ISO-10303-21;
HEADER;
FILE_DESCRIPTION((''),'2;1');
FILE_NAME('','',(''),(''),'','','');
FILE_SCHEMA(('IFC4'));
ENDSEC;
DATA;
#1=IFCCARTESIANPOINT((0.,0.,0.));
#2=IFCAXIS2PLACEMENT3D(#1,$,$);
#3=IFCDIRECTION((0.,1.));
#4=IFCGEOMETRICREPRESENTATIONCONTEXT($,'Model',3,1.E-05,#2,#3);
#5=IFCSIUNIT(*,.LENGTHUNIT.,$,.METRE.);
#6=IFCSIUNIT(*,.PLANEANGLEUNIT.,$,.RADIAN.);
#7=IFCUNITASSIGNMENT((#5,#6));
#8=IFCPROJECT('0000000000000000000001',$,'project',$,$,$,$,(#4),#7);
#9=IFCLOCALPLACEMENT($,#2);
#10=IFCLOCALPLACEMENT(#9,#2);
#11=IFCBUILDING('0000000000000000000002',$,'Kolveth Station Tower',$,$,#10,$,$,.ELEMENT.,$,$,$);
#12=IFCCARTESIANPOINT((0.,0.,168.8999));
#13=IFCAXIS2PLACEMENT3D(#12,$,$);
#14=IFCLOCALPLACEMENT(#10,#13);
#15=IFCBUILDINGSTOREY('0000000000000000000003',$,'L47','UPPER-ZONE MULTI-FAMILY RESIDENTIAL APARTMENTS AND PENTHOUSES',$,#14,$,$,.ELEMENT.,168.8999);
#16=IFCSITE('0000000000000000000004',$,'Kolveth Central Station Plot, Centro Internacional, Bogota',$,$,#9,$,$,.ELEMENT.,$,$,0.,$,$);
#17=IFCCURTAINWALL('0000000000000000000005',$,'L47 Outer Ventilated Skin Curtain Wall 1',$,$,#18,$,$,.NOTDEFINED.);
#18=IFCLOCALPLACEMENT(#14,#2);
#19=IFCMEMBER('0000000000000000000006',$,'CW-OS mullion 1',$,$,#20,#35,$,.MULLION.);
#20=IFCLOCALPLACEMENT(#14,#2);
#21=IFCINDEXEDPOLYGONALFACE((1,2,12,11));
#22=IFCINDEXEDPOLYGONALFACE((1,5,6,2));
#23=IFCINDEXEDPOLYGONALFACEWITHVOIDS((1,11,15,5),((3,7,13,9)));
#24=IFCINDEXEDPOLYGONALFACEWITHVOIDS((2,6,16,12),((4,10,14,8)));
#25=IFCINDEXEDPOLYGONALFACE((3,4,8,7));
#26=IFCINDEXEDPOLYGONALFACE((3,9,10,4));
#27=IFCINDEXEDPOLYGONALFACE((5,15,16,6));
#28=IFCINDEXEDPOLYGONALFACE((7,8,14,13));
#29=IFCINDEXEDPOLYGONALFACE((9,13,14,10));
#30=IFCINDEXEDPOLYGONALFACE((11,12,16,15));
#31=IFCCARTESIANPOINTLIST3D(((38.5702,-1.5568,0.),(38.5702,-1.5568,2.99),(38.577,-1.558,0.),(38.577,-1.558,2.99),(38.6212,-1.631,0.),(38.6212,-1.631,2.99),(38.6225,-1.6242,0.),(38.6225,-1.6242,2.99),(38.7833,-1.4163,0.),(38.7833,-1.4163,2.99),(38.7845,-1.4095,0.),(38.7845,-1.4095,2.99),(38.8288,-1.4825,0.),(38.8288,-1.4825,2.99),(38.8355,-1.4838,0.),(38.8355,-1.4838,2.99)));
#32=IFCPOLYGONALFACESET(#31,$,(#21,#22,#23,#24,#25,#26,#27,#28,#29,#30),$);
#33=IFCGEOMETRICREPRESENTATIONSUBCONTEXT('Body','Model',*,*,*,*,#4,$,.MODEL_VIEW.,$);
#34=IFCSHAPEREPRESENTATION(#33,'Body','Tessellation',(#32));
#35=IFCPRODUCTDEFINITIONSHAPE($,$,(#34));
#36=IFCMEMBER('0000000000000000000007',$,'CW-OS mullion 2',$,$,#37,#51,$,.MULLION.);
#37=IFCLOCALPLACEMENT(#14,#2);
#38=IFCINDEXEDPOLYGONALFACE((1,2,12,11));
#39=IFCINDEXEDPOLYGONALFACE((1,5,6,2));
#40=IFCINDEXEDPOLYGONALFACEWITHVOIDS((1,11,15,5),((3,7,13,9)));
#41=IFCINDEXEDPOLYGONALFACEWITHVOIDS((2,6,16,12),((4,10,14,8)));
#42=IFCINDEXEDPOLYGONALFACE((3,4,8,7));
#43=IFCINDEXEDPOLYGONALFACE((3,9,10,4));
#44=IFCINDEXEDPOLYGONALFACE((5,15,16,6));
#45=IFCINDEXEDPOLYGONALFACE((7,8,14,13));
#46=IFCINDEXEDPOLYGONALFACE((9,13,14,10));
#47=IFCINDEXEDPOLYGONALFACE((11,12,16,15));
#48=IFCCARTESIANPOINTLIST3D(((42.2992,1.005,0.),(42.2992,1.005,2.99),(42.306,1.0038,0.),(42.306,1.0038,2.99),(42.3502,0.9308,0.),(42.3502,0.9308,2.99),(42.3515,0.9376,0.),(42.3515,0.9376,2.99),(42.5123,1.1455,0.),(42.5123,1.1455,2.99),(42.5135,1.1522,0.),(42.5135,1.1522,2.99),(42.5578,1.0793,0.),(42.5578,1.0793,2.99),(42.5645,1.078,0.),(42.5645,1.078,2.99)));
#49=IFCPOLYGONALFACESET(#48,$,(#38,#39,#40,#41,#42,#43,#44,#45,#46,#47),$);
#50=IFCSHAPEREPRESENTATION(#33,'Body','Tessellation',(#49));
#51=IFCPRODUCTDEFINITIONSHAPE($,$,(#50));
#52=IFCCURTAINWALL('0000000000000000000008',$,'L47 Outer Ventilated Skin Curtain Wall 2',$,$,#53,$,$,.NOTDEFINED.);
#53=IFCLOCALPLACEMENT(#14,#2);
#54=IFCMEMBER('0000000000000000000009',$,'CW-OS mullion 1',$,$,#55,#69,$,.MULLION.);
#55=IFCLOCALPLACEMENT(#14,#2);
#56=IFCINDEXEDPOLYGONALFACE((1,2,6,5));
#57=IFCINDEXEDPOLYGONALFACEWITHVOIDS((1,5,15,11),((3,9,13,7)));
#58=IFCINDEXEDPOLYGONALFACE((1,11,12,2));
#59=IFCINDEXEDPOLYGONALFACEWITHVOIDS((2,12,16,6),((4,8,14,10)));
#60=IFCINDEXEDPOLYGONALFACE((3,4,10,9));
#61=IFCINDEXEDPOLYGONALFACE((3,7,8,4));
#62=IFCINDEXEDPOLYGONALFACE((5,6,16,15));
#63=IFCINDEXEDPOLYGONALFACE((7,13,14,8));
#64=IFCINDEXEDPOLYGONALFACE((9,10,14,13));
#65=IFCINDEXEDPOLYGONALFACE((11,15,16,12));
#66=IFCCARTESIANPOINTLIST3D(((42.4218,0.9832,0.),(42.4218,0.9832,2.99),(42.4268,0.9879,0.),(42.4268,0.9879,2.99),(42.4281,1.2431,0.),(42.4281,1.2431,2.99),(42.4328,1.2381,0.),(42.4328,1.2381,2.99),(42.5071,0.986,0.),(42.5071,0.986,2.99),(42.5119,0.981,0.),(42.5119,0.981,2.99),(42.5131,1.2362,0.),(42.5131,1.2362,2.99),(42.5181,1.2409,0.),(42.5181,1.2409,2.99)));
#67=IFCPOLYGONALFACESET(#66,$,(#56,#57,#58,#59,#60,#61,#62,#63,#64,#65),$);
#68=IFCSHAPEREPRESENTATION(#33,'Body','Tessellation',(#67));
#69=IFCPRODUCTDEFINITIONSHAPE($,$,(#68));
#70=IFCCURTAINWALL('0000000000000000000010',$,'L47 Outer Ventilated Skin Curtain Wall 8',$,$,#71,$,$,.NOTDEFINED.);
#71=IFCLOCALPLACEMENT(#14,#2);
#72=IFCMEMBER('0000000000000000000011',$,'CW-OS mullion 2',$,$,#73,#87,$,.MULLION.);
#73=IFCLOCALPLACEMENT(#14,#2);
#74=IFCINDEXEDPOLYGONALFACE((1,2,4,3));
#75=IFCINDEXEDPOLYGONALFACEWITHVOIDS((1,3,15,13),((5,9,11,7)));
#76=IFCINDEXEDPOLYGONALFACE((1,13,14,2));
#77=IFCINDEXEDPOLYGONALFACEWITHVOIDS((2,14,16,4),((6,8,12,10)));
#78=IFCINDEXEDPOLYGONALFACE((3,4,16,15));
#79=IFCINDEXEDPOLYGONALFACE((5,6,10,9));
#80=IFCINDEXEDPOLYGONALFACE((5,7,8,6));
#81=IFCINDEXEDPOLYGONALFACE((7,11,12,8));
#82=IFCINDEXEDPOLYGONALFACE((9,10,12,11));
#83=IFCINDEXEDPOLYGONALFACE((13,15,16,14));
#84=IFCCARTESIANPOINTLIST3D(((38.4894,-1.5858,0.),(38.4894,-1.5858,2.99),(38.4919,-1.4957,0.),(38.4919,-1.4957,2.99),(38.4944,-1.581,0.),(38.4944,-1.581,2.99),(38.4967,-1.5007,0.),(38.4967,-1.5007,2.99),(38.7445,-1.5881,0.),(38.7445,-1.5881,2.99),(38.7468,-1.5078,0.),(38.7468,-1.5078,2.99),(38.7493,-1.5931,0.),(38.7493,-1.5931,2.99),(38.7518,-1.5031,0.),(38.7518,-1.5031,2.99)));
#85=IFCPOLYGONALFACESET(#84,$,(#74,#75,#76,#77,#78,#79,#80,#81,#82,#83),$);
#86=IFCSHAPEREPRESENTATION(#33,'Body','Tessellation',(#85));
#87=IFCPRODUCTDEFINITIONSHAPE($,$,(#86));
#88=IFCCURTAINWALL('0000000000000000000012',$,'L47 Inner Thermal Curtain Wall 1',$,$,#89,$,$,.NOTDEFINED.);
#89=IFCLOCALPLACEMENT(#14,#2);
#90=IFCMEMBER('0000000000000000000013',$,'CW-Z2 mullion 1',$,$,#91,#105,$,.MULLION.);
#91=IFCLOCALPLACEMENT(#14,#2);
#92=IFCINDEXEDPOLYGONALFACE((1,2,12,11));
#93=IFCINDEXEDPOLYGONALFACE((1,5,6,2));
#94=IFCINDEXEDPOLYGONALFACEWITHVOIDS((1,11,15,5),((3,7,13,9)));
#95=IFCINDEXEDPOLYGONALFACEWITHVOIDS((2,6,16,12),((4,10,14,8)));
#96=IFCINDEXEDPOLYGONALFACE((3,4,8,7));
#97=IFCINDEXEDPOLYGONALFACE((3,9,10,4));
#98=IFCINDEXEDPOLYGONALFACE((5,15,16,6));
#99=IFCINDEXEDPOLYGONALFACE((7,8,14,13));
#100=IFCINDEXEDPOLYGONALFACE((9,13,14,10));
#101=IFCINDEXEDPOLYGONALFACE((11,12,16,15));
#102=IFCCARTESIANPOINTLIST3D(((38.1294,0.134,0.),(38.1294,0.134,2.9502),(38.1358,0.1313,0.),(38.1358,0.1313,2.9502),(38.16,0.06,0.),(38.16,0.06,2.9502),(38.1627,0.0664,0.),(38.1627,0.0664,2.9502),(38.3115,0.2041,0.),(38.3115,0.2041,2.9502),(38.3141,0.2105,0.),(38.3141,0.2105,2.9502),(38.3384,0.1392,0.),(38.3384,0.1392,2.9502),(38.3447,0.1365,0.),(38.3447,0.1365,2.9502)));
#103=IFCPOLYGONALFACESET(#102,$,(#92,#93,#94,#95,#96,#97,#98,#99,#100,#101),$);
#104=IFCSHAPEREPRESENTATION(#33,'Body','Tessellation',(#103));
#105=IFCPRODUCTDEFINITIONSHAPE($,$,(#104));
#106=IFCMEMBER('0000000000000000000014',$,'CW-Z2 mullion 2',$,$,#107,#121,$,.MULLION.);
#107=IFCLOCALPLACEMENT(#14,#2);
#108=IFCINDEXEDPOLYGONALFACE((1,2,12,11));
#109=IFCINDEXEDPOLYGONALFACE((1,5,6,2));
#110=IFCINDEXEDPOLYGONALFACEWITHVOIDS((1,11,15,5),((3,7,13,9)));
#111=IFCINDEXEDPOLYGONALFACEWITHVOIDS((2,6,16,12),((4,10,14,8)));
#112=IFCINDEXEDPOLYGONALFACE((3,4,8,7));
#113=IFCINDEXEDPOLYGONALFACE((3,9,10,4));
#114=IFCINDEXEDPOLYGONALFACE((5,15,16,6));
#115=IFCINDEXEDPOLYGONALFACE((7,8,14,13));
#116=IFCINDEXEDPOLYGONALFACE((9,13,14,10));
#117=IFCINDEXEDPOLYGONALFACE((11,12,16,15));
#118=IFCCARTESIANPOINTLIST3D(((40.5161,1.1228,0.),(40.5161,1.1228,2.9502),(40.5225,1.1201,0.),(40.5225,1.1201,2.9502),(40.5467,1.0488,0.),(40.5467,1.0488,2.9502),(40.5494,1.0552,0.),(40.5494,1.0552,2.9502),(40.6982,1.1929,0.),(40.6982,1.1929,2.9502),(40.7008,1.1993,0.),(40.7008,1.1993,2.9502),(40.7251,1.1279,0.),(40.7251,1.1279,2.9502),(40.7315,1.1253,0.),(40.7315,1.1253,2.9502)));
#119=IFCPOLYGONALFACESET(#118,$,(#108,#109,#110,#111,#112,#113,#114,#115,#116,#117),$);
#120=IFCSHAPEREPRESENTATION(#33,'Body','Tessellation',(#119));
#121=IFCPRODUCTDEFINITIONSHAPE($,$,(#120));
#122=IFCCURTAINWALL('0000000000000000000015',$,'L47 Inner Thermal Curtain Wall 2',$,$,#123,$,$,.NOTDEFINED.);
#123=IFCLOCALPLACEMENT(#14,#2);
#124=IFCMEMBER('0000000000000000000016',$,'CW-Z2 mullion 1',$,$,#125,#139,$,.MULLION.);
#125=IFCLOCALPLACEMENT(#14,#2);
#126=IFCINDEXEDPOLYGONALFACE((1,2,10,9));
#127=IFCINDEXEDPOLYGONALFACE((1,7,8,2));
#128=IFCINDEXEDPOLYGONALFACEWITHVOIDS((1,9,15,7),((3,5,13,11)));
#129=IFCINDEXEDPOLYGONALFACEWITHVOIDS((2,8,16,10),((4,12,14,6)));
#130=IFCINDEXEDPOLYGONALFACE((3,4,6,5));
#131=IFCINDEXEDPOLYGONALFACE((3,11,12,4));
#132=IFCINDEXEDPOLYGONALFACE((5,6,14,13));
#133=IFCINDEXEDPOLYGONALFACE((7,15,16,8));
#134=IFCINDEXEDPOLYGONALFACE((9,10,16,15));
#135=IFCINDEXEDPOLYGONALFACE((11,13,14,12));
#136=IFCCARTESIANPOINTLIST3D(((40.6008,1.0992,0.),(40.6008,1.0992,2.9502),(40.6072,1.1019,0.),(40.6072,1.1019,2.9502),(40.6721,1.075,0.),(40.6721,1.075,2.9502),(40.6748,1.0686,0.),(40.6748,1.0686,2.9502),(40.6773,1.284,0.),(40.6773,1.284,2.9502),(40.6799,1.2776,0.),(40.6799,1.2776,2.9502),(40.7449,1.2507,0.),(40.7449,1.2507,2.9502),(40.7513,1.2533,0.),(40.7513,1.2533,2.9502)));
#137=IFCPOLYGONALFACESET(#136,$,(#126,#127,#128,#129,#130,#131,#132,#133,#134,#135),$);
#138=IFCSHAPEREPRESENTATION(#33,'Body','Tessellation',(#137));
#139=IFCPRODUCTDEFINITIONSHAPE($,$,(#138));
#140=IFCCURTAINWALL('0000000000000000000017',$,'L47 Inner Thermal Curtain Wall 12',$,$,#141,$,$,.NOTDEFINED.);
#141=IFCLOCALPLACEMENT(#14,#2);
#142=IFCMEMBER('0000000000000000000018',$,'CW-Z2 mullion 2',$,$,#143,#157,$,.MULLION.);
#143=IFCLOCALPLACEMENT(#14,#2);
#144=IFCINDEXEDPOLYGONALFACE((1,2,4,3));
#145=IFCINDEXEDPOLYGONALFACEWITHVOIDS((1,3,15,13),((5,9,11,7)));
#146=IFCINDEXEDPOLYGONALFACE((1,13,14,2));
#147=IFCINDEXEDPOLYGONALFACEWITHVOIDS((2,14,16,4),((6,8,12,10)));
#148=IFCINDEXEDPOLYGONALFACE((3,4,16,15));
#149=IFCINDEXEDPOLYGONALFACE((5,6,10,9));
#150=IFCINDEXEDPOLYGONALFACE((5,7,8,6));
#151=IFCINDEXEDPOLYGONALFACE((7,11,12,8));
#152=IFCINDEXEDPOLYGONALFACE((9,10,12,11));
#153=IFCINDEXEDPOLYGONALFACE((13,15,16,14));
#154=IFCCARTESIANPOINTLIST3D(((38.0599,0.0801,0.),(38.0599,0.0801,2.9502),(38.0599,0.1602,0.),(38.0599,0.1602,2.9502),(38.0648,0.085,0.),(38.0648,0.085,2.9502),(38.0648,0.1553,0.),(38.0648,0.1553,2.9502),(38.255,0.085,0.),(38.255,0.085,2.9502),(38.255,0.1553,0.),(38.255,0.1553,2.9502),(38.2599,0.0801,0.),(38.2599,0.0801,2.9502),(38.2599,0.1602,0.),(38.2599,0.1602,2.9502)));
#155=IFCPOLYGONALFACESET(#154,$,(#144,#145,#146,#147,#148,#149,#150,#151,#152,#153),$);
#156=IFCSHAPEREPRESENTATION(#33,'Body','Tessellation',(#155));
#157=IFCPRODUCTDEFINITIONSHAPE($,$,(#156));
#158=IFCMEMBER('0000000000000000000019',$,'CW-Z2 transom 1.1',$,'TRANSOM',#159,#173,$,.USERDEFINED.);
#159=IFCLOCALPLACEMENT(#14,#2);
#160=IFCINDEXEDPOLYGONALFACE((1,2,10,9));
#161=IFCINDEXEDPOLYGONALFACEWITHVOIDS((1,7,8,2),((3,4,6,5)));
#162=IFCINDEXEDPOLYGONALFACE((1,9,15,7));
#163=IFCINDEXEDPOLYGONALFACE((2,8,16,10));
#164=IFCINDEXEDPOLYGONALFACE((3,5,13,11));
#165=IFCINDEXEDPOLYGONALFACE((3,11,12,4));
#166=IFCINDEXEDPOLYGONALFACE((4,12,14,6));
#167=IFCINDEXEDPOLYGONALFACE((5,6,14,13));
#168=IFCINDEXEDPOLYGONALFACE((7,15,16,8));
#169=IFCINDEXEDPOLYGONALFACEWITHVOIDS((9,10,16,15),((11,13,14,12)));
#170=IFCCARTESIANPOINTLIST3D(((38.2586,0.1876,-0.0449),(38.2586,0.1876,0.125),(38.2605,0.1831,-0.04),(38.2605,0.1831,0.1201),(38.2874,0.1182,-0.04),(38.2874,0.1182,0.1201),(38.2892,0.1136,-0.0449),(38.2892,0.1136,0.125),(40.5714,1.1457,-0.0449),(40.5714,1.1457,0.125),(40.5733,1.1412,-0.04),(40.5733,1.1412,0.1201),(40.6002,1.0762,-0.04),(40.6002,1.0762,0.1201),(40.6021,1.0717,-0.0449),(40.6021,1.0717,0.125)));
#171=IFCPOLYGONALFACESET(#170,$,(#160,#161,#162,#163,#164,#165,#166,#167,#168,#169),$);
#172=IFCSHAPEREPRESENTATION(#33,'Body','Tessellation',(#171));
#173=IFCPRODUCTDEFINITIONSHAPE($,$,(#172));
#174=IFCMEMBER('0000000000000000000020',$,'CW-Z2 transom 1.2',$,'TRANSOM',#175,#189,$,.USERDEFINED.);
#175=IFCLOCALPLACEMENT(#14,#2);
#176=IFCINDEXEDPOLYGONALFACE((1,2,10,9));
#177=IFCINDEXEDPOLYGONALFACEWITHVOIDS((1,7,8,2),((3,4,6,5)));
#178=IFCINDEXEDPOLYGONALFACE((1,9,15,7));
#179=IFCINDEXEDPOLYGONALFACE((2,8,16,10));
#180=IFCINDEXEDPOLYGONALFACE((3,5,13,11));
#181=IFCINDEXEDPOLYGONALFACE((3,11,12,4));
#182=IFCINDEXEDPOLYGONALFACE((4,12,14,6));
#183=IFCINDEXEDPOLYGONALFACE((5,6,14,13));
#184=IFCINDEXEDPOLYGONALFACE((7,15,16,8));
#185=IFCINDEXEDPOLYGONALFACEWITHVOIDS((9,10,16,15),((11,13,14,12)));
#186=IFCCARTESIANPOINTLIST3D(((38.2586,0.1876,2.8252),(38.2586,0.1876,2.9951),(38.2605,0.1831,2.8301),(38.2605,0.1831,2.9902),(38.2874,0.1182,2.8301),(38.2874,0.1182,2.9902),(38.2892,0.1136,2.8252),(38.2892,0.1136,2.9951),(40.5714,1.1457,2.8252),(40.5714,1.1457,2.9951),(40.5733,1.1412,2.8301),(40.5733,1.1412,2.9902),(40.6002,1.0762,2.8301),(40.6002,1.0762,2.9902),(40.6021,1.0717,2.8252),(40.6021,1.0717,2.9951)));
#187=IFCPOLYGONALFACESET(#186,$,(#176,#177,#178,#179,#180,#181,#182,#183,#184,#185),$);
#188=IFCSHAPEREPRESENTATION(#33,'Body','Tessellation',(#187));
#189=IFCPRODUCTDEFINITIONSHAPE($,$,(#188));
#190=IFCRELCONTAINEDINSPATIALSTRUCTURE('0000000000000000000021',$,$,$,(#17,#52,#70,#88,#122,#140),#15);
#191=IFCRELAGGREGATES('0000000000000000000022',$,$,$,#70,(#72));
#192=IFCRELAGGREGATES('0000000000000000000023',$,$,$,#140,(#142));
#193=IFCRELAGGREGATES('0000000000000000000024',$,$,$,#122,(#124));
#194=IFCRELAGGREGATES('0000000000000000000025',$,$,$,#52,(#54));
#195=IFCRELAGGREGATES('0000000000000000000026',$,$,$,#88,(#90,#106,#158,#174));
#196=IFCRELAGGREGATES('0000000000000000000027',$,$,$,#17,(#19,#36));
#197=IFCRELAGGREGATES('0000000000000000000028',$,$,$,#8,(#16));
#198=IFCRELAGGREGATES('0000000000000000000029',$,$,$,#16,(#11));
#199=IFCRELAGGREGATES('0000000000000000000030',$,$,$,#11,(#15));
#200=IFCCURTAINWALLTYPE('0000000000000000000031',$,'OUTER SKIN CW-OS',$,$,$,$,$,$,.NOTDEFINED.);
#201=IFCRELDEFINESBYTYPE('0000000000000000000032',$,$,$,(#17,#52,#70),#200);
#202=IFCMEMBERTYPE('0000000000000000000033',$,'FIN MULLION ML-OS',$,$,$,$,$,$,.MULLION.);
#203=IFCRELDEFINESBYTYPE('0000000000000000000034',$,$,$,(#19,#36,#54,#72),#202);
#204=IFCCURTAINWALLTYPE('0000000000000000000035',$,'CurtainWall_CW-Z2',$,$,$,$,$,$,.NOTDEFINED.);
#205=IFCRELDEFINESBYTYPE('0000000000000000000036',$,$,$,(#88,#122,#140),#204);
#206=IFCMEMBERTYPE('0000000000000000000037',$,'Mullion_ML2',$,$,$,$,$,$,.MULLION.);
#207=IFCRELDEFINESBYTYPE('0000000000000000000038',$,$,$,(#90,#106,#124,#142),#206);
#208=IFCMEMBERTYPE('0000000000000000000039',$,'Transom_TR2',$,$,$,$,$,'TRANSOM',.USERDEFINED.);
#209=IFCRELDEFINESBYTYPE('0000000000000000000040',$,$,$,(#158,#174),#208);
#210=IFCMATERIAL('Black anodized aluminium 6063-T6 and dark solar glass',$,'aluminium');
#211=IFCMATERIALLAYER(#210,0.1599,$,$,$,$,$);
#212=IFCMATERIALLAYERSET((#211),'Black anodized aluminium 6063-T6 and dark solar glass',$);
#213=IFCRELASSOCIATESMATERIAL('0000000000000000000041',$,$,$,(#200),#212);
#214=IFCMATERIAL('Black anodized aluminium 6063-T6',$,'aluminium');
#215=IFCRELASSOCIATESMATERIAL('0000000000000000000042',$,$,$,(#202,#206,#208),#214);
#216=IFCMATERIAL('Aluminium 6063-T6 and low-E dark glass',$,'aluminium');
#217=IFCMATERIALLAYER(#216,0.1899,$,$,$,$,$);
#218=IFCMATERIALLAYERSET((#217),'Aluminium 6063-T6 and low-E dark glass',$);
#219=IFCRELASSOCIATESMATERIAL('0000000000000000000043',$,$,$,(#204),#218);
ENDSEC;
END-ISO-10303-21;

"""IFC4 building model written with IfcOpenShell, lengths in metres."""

from ifc_helpers import new_model, si_unit, direction, frame, origin, origin_2d, place, context, subcontext, project, spatial, hollow_rectangle, extrude, source, transform, mapped, material, layer, layer_set, material_profile, profile_set, type_object, element, aggregate, save


model = new_model("IFC4")

# Units and contexts
model_context = context("Model", 3, precision=1e-05, world=origin(), true_north=direction((0.0, 1.0)))
body_context = subcontext(model_context, "Body", "Model", "MODEL_VIEW")
ifc_project = project(units=[si_unit("LENGTHUNIT", "METRE"), si_unit("PLANEANGLEUNIT", "RADIAN")], contexts=[model_context])

# Site, building, storey
site_placement = place(None, origin())
site = spatial("IfcSite", under=ifc_project, at=site_placement, Name="Kolveth Central Station Plot, Centro Internacional, Bogota", CompositionType="ELEMENT", RefElevation=0.0)
building_placement = place(site_placement, origin())
building = spatial("IfcBuilding", under=site, at=building_placement, Name="Kolveth Station Tower", CompositionType="ELEMENT")
storey_placement = place(building_placement, frame((0.0, 0.0, 168.8999)))
storey = spatial("IfcBuildingStorey", under=building, at=storey_placement, Name="L47", Description="UPPER-ZONE MULTI-FAMILY RESIDENTIAL APARTMENTS AND PENTHOUSES", CompositionType="ELEMENT", Elevation=168.8999)

# Curtain wall, members
ifc_material_1 = material(Name="Black anodized aluminium 6063-T6 and dark solar glass", Category="aluminium")
ifc_layer_1 = layer(ifc_material_1, 0.1599)
ifc_layer_set_1 = layer_set([ifc_layer_1], Name="Black anodized aluminium 6063-T6 and dark solar glass")
curtain_wall_type_1 = type_object("IfcCurtainWallType", Name="OUTER SKIN CW-OS", PredefinedType="NOTDEFINED", material=ifc_layer_set_1)
curtain_wall_1_placement = place(storey_placement, origin())
curtain_wall_1 = element("IfcCurtainWall", 1, at=curtain_wall_1_placement, inside=storey, type_object=curtain_wall_type_1, Name="L47 Outer Ventilated Skin Curtain Wall 1", PredefinedType="NOTDEFINED")
ifc_material_2 = material(Name="Black anodized aluminium 6063-T6", Category="aluminium")
ifc_material_profile_1 = material_profile(ifc_material_2, hollow_rectangle(XDim=0.0901, YDim=0.26, WallThickness=0.0049, at=origin_2d()), Name="ALU-90x260x5")
ifc_profile_set_1 = profile_set([ifc_material_profile_1], Name="Black anodized aluminium 6063-T6")
member_type_1 = type_object("IfcMemberType", Name="FIN MULLION ML-OS", PredefinedType="MULLION", material=ifc_profile_set_1)
shared_shape_1 = source(origin(), body_context, "Body", "SweptSolid", [
    extrude(hollow_rectangle(XDim=0.0901, YDim=0.26, WallThickness=0.0049, at=origin_2d()), origin(), (0.0, 0.0, 1.0), 2.99),
])
member_1_placement = place(storey_placement, frame((38.7029, -1.5203, 0.0), z_axis=(0.0, 0.0, 1.0), x_axis=(-0.566249, 0.824234, 0.0)))
member_1 = element("IfcMember", 2, at=member_1_placement, type_object=member_type_1, Name="CW-OS mullion 1", PredefinedType="MULLION", context=body_context, shape_type="MappedRepresentation", body=[
    mapped(shared_shape_1, transform((0.0, 0.0, 0.0), x_axis=(1.0, 0.0, 0.0), y_axis=(0.0, 1.0, 0.0), z_axis=(0.0, 0.0, 1.0), scale=1.0)),
])
member_2_placement = place(storey_placement, frame((42.4319, 1.0415, 0.0), z_axis=(0.0, 0.0, 1.0), x_axis=(-0.566249, 0.824234, 0.0)))
member_2 = element("IfcMember", 3, at=member_2_placement, type_object=member_type_1, Name="CW-OS mullion 2", PredefinedType="MULLION", context=body_context, shape_type="MappedRepresentation", body=[
    mapped(shared_shape_1, transform((0.0, 0.0, 0.0), x_axis=(1.0, 0.0, 0.0), y_axis=(0.0, 1.0, 0.0), z_axis=(0.0, 0.0, 1.0), scale=1.0)),
])

# Curtain walls, members
curtain_wall_2_placement = place(storey_placement, origin())
curtain_wall_2 = element("IfcCurtainWall", 4, at=curtain_wall_2_placement, inside=storey, type_object=curtain_wall_type_1, Name="L47 Outer Ventilated Skin Curtain Wall 2", PredefinedType="NOTDEFINED")
member_3_placement = place(storey_placement, frame((42.47, 1.1121, 0.0), z_axis=(0.0, 0.0, 1.0), x_axis=(-0.999708, 0.024162, 0.0)))
member_3 = element("IfcMember", 5, at=member_3_placement, type_object=member_type_1, Name="CW-OS mullion 1", PredefinedType="MULLION", context=body_context, shape_type="MappedRepresentation", body=[
    mapped(shared_shape_1, transform((0.0, 0.0, 0.0), x_axis=(1.0, 0.0, 0.0), y_axis=(0.0, 1.0, 0.0), z_axis=(0.0, 0.0, 1.0), scale=1.0)),
])
curtain_wall_3_placement = place(storey_placement, origin())
curtain_wall_3 = element("IfcCurtainWall", 6, at=curtain_wall_3_placement, inside=storey, type_object=curtain_wall_type_1, Name="L47 Outer Ventilated Skin Curtain Wall 8", PredefinedType="NOTDEFINED")
member_4_placement = place(storey_placement, frame((38.6206, -1.5444, 0.0), z_axis=(0.0, 0.0, 1.0), x_axis=(0.028327, 0.999599, 0.0)))
member_4 = element("IfcMember", 7, at=member_4_placement, type_object=member_type_1, Name="CW-OS mullion 2", PredefinedType="MULLION", context=body_context, shape_type="MappedRepresentation", body=[
    mapped(shared_shape_1, transform((0.0, 0.0, 0.0), x_axis=(1.0, 0.0, 0.0), y_axis=(0.0, 1.0, 0.0), z_axis=(0.0, 0.0, 1.0), scale=1.0)),
])
aggregate(curtain_wall_3, [member_4])

# Curtain wall, members
ifc_material_3 = material(Name="Aluminium 6063-T6 and low-E dark glass", Category="aluminium")
ifc_layer_2 = layer(ifc_material_3, 0.1899)
ifc_layer_set_2 = layer_set([ifc_layer_2], Name="Aluminium 6063-T6 and low-E dark glass")
curtain_wall_type_2 = type_object("IfcCurtainWallType", Name="CurtainWall_CW-Z2", PredefinedType="NOTDEFINED", material=ifc_layer_set_2)
curtain_wall_4_placement = place(storey_placement, origin())
curtain_wall_4 = element("IfcCurtainWall", 8, at=curtain_wall_4_placement, inside=storey, type_object=curtain_wall_type_2, Name="L47 Inner Thermal Curtain Wall 1", PredefinedType="NOTDEFINED")
ifc_material_profile_2 = material_profile(ifc_material_2, hollow_rectangle(XDim=0.0801, YDim=0.2, WallThickness=0.0049, at=origin_2d()), Name="ALU-80x200x5")
ifc_profile_set_2 = profile_set([ifc_material_profile_2], Name="Black anodized aluminium 6063-T6")
member_type_2 = type_object("IfcMemberType", Name="Mullion_ML2", PredefinedType="MULLION", material=ifc_profile_set_2)
shared_shape_2 = source(origin(), body_context, "Body", "SweptSolid", [
    extrude(hollow_rectangle(XDim=0.0801, YDim=0.2, WallThickness=0.0049, at=origin_2d()), origin(), (0.0, 0.0, 1.0), 2.9502),
])
member_5_placement = place(storey_placement, frame((38.2371, 0.1353, 0.0), z_axis=(0.0, 0.0, 1.0), x_axis=(-0.382698, 0.923874, 0.0)))
member_5 = element("IfcMember", 9, at=member_5_placement, type_object=member_type_2, Name="CW-Z2 mullion 1", PredefinedType="MULLION", context=body_context, shape_type="MappedRepresentation", body=[
    mapped(shared_shape_2, transform((0.0, 0.0, 0.0), x_axis=(1.0, 0.0, 0.0), y_axis=(0.0, 1.0, 0.0), z_axis=(0.0, 0.0, 1.0), scale=1.0)),
])
member_6_placement = place(storey_placement, frame((40.6238, 1.124, 0.0), z_axis=(0.0, 0.0, 1.0), x_axis=(-0.382698, 0.923874, 0.0)))
member_6 = element("IfcMember", 10, at=member_6_placement, type_object=member_type_2, Name="CW-Z2 mullion 2", PredefinedType="MULLION", context=body_context, shape_type="MappedRepresentation", body=[
    mapped(shared_shape_2, transform((0.0, 0.0, 0.0), x_axis=(1.0, 0.0, 0.0), y_axis=(0.0, 1.0, 0.0), z_axis=(0.0, 0.0, 1.0), scale=1.0)),
])

# Curtain walls, members
curtain_wall_5_placement = place(storey_placement, origin())
curtain_wall_5 = element("IfcCurtainWall", 11, at=curtain_wall_5_placement, inside=storey, type_object=curtain_wall_type_2, Name="L47 Inner Thermal Curtain Wall 2", PredefinedType="NOTDEFINED")
member_7_placement = place(storey_placement, frame((40.676, 1.1763, 0.0), z_axis=(0.0, 0.0, 1.0), x_axis=(-0.923874, 0.382698, 0.0)))
member_7 = element("IfcMember", 12, at=member_7_placement, type_object=member_type_2, Name="CW-Z2 mullion 1", PredefinedType="MULLION", context=body_context, shape_type="MappedRepresentation", body=[
    mapped(shared_shape_2, transform((0.0, 0.0, 0.0), x_axis=(1.0, 0.0, 0.0), y_axis=(0.0, 1.0, 0.0), z_axis=(0.0, 0.0, 1.0), scale=1.0)),
])
curtain_wall_6_placement = place(storey_placement, origin())
curtain_wall_6 = element("IfcCurtainWall", 13, at=curtain_wall_6_placement, inside=storey, type_object=curtain_wall_type_2, Name="L47 Inner Thermal Curtain Wall 12", PredefinedType="NOTDEFINED")
member_8_placement = place(storey_placement, frame((38.1599, 0.1201, 0.0), z_axis=(0.0, 0.0, 1.0), x_axis=(0.0, 1.0, 0.0)))
member_8 = element("IfcMember", 14, at=member_8_placement, type_object=member_type_2, Name="CW-Z2 mullion 2", PredefinedType="MULLION", context=body_context, shape_type="MappedRepresentation", body=[
    mapped(shared_shape_2, transform((0.0, 0.0, 0.0), x_axis=(1.0, 0.0, 0.0), y_axis=(0.0, 1.0, 0.0), z_axis=(0.0, 0.0, 1.0), scale=1.0)),
])
aggregate(curtain_wall_6, [member_8])

# Members
ifc_material_profile_3 = material_profile(ifc_material_2, hollow_rectangle(XDim=0.0801, YDim=0.1699, WallThickness=0.0049, at=origin_2d()), Name="ALU-80x170x5")
ifc_profile_set_3 = profile_set([ifc_material_profile_3], Name="Black anodized aluminium 6063-T6")
member_type_3 = type_object("IfcMemberType", Name="Transom_TR2", ElementType="TRANSOM", PredefinedType="USERDEFINED", material=ifc_profile_set_3)
shared_shape_3 = source(origin(), body_context, "Body", "SweptSolid", [
    extrude(hollow_rectangle(XDim=0.0801, YDim=0.1699, WallThickness=0.0049, at=origin_2d()), origin(), (0.0, 0.0, 1.0), 2.5034),
])
member_9_placement = place(storey_placement, frame((38.2739, 0.1506, 0.04), z_axis=(0.923874, 0.382696, 0.0), x_axis=(-0.382696, 0.923874, 0.0)))
member_9 = element("IfcMember", 15, at=member_9_placement, type_object=member_type_3, Name="CW-Z2 transom 1.1", ObjectType="TRANSOM", PredefinedType="USERDEFINED", context=body_context, shape_type="MappedRepresentation", body=[
    mapped(shared_shape_3, transform((0.0, 0.0, 0.0), x_axis=(1.0, 0.0, 0.0), y_axis=(0.0, 1.0, 0.0), z_axis=(0.0, 0.0, 1.0), scale=1.0)),
])
member_10_placement = place(storey_placement, frame((38.2739, 0.1506, 2.9102), z_axis=(0.923874, 0.382696, 0.0), x_axis=(-0.382696, 0.923874, 0.0)))
member_10 = element("IfcMember", 16, at=member_10_placement, type_object=member_type_3, Name="CW-Z2 transom 1.2", ObjectType="TRANSOM", PredefinedType="USERDEFINED", context=body_context, shape_type="MappedRepresentation", body=[
    mapped(shared_shape_3, transform((0.0, 0.0, 0.0), x_axis=(1.0, 0.0, 0.0), y_axis=(0.0, 1.0, 0.0), z_axis=(0.0, 0.0, 1.0), scale=1.0)),
])
aggregate(curtain_wall_5, [member_7])
aggregate(curtain_wall_2, [member_3])

aggregate(curtain_wall_4, [member_5, member_6, member_9, member_10])
aggregate(curtain_wall_1, [member_1, member_2])

save(model, "model.ifc")
